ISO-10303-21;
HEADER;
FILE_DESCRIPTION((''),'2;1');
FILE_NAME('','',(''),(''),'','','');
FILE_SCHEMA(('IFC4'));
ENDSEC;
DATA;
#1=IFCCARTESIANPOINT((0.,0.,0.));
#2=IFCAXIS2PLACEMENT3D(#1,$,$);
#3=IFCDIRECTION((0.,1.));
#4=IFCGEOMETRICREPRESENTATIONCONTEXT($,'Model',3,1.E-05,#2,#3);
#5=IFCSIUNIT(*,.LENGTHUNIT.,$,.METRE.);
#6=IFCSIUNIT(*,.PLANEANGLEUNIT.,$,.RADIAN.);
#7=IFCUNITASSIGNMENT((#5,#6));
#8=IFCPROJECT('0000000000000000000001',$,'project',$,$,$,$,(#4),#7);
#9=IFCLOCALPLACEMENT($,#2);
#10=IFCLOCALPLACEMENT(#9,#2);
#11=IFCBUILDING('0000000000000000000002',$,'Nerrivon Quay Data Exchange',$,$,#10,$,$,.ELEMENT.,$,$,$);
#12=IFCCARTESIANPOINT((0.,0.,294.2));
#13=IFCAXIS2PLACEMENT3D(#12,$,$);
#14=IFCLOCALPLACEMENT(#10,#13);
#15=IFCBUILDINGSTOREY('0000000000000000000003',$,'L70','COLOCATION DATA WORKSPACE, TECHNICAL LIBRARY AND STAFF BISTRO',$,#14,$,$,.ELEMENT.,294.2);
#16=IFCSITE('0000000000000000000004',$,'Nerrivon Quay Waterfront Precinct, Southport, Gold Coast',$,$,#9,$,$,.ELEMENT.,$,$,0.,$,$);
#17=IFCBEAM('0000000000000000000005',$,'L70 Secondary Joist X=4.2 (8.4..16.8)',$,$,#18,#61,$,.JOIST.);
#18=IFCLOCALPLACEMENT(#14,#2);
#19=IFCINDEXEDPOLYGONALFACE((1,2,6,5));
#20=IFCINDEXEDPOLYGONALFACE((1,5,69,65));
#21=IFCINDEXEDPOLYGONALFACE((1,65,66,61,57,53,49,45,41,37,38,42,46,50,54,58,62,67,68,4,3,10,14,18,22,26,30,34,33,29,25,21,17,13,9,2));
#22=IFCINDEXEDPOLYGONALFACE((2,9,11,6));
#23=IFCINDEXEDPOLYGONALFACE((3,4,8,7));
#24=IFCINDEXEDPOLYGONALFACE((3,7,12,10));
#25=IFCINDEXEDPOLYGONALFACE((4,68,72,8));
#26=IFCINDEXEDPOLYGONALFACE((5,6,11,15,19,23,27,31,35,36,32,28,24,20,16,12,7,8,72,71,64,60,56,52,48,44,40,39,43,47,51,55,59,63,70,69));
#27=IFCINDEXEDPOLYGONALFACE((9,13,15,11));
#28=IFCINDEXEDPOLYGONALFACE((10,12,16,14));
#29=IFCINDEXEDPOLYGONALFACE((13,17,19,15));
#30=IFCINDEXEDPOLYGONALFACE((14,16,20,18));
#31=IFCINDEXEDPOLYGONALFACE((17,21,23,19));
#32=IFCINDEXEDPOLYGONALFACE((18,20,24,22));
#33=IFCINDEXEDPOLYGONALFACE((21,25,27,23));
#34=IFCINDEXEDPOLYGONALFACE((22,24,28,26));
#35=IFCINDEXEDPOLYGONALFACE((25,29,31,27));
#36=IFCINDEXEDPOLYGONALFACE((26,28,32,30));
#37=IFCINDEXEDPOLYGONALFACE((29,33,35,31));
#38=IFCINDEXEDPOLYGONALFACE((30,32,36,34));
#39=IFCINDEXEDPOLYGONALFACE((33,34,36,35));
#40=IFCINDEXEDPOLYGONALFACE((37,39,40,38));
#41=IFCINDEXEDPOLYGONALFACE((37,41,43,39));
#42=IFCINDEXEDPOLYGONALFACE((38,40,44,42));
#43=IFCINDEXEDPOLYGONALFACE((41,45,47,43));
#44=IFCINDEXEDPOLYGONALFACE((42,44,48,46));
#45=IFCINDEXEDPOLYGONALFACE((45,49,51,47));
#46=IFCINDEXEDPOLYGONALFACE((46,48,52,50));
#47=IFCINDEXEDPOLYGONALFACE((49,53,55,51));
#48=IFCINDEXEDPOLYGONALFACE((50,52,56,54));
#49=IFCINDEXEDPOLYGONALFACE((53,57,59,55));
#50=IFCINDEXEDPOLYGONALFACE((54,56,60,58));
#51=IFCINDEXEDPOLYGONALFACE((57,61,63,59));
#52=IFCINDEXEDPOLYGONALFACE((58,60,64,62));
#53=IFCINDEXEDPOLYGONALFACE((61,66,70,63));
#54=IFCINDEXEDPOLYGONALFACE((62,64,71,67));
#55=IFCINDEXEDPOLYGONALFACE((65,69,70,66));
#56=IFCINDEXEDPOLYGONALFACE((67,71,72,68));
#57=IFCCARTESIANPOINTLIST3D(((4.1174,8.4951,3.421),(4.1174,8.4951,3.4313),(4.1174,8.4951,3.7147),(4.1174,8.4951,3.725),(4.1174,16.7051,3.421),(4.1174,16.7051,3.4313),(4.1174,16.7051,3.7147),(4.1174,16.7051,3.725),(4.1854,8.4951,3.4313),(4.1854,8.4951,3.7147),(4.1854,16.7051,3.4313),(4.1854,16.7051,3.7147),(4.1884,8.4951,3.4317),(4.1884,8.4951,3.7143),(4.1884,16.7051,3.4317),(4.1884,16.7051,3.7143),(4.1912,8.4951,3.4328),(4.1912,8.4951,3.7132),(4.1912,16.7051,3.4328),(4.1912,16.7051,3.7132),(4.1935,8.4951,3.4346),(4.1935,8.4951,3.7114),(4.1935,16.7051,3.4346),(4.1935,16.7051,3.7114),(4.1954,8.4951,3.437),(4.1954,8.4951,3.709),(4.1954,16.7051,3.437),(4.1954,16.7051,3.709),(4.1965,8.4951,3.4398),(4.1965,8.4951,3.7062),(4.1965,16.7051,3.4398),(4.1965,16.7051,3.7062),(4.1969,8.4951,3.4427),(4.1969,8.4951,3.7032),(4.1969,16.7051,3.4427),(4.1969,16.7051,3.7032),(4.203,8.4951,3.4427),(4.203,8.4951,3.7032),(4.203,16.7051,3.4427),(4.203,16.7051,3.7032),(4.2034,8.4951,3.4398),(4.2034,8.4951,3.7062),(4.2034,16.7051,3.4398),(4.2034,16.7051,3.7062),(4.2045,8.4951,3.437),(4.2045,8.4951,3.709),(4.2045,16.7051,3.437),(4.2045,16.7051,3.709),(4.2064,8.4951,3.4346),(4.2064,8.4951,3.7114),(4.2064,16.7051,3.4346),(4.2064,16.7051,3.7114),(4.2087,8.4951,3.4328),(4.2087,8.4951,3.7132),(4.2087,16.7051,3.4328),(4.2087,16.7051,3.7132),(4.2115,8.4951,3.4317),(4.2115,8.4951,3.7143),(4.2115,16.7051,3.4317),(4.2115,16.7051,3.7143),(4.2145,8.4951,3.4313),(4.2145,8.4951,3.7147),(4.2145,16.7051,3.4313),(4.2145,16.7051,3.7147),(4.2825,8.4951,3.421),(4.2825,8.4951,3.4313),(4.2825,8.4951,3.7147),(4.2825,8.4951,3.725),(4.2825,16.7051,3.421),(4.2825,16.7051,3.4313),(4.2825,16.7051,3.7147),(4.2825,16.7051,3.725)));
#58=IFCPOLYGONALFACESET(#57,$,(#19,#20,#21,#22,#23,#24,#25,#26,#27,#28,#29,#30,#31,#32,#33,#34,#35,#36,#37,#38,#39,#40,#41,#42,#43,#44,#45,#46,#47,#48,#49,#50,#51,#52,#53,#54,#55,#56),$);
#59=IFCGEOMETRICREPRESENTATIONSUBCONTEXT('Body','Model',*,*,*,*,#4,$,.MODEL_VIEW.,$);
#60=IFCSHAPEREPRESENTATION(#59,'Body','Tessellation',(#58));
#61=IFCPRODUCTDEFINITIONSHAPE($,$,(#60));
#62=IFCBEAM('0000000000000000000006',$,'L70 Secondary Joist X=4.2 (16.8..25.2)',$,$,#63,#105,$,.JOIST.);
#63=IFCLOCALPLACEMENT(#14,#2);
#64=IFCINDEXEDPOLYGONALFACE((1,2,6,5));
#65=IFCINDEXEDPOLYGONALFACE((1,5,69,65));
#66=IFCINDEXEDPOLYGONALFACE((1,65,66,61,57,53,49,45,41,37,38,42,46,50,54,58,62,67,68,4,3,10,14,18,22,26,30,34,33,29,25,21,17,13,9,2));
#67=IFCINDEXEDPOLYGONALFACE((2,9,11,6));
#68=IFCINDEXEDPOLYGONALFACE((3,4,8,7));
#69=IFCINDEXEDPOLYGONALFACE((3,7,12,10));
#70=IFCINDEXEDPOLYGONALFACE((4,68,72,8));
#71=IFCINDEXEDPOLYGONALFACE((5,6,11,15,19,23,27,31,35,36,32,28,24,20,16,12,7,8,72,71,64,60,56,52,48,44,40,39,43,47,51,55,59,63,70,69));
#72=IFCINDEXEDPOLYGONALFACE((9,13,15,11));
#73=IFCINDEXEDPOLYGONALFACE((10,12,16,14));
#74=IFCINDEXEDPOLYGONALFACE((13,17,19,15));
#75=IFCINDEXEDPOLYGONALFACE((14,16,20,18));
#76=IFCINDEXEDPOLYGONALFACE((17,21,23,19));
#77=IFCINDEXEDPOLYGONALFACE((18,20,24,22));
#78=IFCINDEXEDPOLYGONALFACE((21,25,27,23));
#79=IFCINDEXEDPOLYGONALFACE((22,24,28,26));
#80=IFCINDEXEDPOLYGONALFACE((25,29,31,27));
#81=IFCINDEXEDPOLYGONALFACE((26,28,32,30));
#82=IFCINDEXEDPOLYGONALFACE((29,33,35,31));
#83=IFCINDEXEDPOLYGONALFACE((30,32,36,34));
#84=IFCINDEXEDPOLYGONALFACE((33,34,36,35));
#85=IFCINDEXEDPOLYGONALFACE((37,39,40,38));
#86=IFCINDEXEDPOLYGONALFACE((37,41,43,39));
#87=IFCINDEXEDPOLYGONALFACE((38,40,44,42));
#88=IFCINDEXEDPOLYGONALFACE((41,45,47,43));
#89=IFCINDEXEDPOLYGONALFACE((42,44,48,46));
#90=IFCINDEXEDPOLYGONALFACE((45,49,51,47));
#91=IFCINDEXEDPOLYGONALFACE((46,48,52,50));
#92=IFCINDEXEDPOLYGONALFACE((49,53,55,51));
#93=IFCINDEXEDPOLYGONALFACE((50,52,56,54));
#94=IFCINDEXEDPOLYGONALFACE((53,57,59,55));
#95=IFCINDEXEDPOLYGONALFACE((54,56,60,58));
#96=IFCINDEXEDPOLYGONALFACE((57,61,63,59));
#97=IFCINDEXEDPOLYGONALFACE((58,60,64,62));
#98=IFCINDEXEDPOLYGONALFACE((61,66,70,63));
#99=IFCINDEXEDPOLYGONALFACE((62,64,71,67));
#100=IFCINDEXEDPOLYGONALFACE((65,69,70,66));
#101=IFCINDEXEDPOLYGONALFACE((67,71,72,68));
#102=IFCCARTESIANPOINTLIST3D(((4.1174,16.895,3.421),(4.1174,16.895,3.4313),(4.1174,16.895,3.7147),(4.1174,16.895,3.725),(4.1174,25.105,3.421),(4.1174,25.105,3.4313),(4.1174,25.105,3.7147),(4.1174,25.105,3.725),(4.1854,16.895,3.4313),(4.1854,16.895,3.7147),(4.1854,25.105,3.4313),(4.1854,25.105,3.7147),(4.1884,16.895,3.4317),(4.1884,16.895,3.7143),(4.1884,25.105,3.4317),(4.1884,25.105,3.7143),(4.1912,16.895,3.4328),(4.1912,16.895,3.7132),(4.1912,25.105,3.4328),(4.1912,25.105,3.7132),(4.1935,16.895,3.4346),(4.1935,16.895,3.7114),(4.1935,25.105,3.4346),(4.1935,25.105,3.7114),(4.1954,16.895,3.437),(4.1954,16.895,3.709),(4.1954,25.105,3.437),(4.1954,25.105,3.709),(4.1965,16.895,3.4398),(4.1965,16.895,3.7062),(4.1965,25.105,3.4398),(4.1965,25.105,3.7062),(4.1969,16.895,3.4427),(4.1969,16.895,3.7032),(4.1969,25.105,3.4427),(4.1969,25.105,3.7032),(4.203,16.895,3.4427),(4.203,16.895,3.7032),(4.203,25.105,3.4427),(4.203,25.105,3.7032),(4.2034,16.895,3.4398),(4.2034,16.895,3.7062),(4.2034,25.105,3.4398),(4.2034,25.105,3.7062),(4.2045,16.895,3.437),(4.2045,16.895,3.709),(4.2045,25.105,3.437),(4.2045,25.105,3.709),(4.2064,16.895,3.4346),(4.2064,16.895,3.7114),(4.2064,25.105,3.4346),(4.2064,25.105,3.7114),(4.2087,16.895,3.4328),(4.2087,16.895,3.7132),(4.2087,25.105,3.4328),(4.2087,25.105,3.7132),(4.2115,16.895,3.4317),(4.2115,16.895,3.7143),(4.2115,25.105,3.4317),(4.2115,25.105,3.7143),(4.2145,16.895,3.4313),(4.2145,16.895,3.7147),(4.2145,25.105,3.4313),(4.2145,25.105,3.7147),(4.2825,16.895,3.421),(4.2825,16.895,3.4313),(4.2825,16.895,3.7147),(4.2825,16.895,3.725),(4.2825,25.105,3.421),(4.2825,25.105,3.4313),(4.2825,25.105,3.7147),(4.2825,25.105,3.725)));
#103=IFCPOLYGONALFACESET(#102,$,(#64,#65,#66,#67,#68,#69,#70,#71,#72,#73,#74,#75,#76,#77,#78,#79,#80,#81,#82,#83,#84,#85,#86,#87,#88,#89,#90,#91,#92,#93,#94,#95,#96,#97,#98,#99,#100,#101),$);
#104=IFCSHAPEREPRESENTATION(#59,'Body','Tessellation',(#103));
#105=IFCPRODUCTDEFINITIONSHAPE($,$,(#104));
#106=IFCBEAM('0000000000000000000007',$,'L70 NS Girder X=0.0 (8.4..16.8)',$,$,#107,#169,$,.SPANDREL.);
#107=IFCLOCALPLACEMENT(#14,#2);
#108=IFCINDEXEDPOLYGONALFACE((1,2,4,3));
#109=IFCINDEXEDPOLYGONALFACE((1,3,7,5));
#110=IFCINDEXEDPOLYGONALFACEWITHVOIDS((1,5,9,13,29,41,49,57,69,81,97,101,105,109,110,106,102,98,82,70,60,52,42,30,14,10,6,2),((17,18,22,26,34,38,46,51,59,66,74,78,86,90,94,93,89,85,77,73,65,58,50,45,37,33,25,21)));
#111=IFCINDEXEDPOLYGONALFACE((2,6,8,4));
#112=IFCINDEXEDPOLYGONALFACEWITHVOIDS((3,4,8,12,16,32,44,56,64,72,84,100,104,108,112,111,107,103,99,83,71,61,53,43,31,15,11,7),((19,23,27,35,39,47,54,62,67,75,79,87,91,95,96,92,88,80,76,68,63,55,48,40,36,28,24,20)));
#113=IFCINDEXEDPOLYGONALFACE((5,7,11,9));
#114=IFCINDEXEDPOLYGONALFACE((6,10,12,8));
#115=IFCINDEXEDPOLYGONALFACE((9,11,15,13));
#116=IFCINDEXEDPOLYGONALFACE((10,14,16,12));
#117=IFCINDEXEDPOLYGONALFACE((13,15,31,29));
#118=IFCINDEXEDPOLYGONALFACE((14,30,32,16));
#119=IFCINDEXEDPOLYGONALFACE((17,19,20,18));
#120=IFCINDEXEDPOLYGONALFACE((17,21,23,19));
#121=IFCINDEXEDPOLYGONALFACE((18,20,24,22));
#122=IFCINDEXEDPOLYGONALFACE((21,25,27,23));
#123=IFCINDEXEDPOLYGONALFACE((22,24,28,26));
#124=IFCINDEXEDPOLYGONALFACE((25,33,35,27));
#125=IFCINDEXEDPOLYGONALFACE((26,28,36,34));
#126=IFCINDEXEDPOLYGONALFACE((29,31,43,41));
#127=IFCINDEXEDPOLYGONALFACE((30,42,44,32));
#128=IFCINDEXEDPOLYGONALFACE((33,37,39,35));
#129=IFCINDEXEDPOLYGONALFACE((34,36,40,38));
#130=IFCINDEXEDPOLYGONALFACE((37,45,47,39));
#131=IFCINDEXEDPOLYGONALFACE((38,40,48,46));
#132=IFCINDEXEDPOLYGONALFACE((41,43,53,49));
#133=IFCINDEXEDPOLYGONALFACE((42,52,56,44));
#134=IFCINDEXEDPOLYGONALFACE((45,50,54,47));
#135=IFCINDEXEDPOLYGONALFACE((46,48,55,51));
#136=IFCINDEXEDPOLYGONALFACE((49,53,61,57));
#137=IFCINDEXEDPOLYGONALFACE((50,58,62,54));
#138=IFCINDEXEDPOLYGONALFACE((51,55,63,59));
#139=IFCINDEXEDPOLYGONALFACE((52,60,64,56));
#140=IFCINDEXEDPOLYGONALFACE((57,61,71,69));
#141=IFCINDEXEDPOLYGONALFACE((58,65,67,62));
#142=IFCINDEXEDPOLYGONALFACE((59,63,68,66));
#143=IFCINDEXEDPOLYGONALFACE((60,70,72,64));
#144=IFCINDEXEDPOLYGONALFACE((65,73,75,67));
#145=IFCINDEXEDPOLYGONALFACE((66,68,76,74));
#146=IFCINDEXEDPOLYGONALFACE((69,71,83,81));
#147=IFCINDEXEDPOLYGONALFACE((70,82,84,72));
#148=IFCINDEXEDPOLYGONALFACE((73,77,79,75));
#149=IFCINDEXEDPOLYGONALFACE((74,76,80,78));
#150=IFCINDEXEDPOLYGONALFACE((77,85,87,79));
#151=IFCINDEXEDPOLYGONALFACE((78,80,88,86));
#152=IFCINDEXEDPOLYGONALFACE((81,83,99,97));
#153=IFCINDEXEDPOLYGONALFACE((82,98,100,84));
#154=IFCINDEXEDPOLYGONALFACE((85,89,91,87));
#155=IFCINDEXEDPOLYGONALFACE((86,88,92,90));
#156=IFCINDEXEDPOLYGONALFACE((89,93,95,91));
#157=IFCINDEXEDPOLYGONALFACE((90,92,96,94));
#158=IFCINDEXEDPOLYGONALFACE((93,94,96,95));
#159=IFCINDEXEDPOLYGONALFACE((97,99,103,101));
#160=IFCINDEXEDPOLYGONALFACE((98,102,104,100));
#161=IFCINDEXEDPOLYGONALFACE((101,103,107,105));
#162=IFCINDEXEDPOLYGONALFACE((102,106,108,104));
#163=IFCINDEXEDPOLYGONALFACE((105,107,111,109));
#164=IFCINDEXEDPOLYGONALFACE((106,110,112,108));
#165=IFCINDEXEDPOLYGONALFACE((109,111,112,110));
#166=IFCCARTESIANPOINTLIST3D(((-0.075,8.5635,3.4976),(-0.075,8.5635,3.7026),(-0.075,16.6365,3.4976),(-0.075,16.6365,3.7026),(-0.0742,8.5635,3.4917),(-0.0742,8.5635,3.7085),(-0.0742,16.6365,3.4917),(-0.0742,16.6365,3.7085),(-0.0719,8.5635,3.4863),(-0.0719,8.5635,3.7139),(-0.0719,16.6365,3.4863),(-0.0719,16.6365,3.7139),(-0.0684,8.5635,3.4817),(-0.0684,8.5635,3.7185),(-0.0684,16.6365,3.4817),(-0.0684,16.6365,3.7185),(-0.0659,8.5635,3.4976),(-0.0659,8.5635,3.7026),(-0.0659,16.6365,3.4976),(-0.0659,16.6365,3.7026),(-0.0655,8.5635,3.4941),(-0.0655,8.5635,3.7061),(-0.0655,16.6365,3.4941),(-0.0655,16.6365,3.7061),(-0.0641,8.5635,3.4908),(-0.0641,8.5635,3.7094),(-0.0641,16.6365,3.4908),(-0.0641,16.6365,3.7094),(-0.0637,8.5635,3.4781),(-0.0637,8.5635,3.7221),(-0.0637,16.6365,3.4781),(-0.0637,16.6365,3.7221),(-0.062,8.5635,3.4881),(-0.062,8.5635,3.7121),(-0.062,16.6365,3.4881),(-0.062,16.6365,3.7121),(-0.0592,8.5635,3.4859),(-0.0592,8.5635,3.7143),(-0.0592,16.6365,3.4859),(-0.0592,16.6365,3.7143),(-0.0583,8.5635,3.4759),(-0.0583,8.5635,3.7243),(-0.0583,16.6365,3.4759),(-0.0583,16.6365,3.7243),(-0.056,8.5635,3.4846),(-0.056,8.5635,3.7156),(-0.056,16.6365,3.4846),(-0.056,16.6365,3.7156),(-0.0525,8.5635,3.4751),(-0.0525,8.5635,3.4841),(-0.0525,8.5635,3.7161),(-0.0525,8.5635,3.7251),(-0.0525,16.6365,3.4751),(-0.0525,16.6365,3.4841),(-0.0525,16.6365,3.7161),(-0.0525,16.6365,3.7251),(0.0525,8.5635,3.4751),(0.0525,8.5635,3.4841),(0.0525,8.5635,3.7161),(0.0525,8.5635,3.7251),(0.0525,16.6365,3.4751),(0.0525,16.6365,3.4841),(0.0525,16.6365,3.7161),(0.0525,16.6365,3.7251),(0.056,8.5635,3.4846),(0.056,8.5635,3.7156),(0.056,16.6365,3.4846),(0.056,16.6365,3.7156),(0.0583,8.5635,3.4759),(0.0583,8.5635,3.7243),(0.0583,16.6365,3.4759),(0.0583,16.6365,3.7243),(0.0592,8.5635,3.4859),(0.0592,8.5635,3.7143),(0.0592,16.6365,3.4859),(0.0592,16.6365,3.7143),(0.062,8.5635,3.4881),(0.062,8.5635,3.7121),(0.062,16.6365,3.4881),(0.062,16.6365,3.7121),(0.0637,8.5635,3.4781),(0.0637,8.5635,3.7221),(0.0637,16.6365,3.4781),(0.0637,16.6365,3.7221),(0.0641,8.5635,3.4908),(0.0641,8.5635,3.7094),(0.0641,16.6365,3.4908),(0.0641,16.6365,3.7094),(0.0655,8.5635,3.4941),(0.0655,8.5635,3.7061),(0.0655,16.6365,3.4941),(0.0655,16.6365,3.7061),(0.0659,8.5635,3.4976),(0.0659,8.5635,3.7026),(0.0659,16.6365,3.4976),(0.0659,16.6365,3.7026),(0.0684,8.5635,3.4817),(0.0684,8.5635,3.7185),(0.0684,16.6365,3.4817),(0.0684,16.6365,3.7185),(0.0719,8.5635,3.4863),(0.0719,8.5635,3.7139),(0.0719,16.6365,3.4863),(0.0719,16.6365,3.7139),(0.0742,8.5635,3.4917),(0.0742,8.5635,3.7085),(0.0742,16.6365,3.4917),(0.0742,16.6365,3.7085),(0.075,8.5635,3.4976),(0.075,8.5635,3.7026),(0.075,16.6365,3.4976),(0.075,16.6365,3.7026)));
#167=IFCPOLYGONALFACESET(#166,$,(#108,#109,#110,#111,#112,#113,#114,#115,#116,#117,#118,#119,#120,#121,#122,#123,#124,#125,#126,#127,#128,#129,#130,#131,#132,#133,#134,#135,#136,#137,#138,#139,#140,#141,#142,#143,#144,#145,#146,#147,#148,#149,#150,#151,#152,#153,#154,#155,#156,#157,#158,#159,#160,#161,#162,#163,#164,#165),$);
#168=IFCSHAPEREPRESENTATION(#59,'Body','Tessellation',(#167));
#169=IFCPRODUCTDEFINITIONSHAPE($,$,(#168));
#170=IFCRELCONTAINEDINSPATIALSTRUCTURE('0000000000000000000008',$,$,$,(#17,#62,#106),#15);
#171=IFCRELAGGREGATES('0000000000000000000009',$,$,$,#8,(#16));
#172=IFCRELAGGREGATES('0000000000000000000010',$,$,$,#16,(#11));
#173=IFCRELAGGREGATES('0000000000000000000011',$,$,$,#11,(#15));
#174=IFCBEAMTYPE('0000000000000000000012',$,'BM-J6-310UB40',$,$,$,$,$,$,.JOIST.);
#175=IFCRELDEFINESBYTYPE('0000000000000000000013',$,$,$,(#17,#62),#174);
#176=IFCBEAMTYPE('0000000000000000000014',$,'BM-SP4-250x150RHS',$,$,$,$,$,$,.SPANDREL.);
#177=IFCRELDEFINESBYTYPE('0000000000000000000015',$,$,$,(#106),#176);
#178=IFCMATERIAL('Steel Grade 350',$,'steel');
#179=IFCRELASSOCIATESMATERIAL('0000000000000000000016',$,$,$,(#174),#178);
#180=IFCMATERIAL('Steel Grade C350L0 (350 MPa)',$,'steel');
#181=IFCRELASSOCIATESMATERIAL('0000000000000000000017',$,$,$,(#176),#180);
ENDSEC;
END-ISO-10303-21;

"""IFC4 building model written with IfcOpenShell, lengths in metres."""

from ifc_helpers import new_model, si_unit, direction, frame, origin, origin_2d, place, context, subcontext, project, spatial, hollow_rectangle, i_section, extrude, material, material_profile, profile_set, type_object, element, save


model = new_model("IFC4")

# Units and contexts
model_context = context("Model", 3, precision=1e-05, world=origin(), true_north=direction((0.0, 1.0)))
body_context = subcontext(model_context, "Body", "Model", "MODEL_VIEW")
ifc_project = project(units=[si_unit("LENGTHUNIT", "METRE"), si_unit("PLANEANGLEUNIT", "RADIAN")], contexts=[model_context])

# Site, building, storey
site_placement = place(None, origin())
site = spatial("IfcSite", under=ifc_project, at=site_placement, Name="Nerrivon Quay Waterfront Precinct, Southport, Gold Coast", CompositionType="ELEMENT", RefElevation=0.0)
building_placement = place(site_placement, origin())
building = spatial("IfcBuilding", under=site, at=building_placement, Name="Nerrivon Quay Data Exchange", CompositionType="ELEMENT")
storey_placement = place(building_placement, frame((0.0, 0.0, 294.2)))
storey = spatial("IfcBuildingStorey", under=building, at=storey_placement, Name="L70", Description="COLOCATION DATA WORKSPACE, TECHNICAL LIBRARY AND STAFF BISTRO", CompositionType="ELEMENT", Elevation=294.2)

# Shared definitions
ifc_material_1 = material(Name="Steel Grade 350", Category="steel")

# Beams
ifc_material_profile_1 = material_profile(ifc_material_1, i_section(OverallWidth=0.165, OverallDepth=0.304, WebThickness=0.0061, FlangeThickness=0.0103, FilletRadius=0.0115, at=origin_2d()), Name="310UB40.4")
ifc_profile_set_1 = profile_set([ifc_material_profile_1], Name="Steel Grade 350")
beam_type_1 = type_object("IfcBeamType", Name="BM-J6-310UB40", PredefinedType="JOIST", material=ifc_profile_set_1)
for number, where, z_axis, x_axis, name in (
    (1, (4.2, 8.4951, 3.573), (0.0, 1.0, 0.0), (-1.0, 0.0, 0.0), "L70 Secondary Joist X=4.2 (8.4..16.8)"),
    (2, (4.2, 16.895, 3.573), (0.0, 1.0, 0.0), (-1.0, 0.0, 0.0), "L70 Secondary Joist X=4.2 (16.8..25.2)"),
):
    element("IfcBeam", number, at=place(storey_placement, frame(where, z_axis=z_axis, x_axis=x_axis)), inside=storey, type_object=beam_type_1, Name=name, PredefinedType="JOIST", context=body_context, shape_type="SweptSolid", body=[
        extrude(i_section(OverallWidth=0.165, OverallDepth=0.304, WebThickness=0.0061, FlangeThickness=0.0103, FilletRadius=0.0115, at=origin_2d()), origin(), (0.0, 0.0, 1.0), 8.21),
    ])
ifc_material_2 = material(Name="Steel Grade C350L0 (350 MPa)", Category="steel")
ifc_material_profile_2 = material_profile(ifc_material_2, hollow_rectangle(XDim=0.1499, YDim=0.25, WallThickness=0.009, InnerFilletRadius=0.0134, OuterFilletRadius=0.0225, at=origin_2d()), Name="250x150x9.0RHS")
ifc_profile_set_2 = profile_set([ifc_material_profile_2], Name="Steel Grade C350L0 (350 MPa)")
beam_type_2 = type_object("IfcBeamType", Name="BM-SP4-250x150RHS", PredefinedType="SPANDREL", material=ifc_profile_set_2)
beam_1_placement = place(storey_placement, frame((0.0, 8.5635, 3.6001), z_axis=(0.0, 1.0, 0.0), x_axis=(-1.0, 0.0, 0.0)))
element("IfcBeam", 3, at=beam_1_placement, inside=storey, type_object=beam_type_2, Name="L70 NS Girder X=0.0 (8.4..16.8)", PredefinedType="SPANDREL", context=body_context, shape_type="SweptSolid", body=[
    extrude(hollow_rectangle(XDim=0.1499, YDim=0.25, WallThickness=0.009, InnerFilletRadius=0.0134, OuterFilletRadius=0.0225, at=origin_2d()), origin(), (0.0, 0.0, 1.0), 8.073),
])

save(model, "model.ifc")
